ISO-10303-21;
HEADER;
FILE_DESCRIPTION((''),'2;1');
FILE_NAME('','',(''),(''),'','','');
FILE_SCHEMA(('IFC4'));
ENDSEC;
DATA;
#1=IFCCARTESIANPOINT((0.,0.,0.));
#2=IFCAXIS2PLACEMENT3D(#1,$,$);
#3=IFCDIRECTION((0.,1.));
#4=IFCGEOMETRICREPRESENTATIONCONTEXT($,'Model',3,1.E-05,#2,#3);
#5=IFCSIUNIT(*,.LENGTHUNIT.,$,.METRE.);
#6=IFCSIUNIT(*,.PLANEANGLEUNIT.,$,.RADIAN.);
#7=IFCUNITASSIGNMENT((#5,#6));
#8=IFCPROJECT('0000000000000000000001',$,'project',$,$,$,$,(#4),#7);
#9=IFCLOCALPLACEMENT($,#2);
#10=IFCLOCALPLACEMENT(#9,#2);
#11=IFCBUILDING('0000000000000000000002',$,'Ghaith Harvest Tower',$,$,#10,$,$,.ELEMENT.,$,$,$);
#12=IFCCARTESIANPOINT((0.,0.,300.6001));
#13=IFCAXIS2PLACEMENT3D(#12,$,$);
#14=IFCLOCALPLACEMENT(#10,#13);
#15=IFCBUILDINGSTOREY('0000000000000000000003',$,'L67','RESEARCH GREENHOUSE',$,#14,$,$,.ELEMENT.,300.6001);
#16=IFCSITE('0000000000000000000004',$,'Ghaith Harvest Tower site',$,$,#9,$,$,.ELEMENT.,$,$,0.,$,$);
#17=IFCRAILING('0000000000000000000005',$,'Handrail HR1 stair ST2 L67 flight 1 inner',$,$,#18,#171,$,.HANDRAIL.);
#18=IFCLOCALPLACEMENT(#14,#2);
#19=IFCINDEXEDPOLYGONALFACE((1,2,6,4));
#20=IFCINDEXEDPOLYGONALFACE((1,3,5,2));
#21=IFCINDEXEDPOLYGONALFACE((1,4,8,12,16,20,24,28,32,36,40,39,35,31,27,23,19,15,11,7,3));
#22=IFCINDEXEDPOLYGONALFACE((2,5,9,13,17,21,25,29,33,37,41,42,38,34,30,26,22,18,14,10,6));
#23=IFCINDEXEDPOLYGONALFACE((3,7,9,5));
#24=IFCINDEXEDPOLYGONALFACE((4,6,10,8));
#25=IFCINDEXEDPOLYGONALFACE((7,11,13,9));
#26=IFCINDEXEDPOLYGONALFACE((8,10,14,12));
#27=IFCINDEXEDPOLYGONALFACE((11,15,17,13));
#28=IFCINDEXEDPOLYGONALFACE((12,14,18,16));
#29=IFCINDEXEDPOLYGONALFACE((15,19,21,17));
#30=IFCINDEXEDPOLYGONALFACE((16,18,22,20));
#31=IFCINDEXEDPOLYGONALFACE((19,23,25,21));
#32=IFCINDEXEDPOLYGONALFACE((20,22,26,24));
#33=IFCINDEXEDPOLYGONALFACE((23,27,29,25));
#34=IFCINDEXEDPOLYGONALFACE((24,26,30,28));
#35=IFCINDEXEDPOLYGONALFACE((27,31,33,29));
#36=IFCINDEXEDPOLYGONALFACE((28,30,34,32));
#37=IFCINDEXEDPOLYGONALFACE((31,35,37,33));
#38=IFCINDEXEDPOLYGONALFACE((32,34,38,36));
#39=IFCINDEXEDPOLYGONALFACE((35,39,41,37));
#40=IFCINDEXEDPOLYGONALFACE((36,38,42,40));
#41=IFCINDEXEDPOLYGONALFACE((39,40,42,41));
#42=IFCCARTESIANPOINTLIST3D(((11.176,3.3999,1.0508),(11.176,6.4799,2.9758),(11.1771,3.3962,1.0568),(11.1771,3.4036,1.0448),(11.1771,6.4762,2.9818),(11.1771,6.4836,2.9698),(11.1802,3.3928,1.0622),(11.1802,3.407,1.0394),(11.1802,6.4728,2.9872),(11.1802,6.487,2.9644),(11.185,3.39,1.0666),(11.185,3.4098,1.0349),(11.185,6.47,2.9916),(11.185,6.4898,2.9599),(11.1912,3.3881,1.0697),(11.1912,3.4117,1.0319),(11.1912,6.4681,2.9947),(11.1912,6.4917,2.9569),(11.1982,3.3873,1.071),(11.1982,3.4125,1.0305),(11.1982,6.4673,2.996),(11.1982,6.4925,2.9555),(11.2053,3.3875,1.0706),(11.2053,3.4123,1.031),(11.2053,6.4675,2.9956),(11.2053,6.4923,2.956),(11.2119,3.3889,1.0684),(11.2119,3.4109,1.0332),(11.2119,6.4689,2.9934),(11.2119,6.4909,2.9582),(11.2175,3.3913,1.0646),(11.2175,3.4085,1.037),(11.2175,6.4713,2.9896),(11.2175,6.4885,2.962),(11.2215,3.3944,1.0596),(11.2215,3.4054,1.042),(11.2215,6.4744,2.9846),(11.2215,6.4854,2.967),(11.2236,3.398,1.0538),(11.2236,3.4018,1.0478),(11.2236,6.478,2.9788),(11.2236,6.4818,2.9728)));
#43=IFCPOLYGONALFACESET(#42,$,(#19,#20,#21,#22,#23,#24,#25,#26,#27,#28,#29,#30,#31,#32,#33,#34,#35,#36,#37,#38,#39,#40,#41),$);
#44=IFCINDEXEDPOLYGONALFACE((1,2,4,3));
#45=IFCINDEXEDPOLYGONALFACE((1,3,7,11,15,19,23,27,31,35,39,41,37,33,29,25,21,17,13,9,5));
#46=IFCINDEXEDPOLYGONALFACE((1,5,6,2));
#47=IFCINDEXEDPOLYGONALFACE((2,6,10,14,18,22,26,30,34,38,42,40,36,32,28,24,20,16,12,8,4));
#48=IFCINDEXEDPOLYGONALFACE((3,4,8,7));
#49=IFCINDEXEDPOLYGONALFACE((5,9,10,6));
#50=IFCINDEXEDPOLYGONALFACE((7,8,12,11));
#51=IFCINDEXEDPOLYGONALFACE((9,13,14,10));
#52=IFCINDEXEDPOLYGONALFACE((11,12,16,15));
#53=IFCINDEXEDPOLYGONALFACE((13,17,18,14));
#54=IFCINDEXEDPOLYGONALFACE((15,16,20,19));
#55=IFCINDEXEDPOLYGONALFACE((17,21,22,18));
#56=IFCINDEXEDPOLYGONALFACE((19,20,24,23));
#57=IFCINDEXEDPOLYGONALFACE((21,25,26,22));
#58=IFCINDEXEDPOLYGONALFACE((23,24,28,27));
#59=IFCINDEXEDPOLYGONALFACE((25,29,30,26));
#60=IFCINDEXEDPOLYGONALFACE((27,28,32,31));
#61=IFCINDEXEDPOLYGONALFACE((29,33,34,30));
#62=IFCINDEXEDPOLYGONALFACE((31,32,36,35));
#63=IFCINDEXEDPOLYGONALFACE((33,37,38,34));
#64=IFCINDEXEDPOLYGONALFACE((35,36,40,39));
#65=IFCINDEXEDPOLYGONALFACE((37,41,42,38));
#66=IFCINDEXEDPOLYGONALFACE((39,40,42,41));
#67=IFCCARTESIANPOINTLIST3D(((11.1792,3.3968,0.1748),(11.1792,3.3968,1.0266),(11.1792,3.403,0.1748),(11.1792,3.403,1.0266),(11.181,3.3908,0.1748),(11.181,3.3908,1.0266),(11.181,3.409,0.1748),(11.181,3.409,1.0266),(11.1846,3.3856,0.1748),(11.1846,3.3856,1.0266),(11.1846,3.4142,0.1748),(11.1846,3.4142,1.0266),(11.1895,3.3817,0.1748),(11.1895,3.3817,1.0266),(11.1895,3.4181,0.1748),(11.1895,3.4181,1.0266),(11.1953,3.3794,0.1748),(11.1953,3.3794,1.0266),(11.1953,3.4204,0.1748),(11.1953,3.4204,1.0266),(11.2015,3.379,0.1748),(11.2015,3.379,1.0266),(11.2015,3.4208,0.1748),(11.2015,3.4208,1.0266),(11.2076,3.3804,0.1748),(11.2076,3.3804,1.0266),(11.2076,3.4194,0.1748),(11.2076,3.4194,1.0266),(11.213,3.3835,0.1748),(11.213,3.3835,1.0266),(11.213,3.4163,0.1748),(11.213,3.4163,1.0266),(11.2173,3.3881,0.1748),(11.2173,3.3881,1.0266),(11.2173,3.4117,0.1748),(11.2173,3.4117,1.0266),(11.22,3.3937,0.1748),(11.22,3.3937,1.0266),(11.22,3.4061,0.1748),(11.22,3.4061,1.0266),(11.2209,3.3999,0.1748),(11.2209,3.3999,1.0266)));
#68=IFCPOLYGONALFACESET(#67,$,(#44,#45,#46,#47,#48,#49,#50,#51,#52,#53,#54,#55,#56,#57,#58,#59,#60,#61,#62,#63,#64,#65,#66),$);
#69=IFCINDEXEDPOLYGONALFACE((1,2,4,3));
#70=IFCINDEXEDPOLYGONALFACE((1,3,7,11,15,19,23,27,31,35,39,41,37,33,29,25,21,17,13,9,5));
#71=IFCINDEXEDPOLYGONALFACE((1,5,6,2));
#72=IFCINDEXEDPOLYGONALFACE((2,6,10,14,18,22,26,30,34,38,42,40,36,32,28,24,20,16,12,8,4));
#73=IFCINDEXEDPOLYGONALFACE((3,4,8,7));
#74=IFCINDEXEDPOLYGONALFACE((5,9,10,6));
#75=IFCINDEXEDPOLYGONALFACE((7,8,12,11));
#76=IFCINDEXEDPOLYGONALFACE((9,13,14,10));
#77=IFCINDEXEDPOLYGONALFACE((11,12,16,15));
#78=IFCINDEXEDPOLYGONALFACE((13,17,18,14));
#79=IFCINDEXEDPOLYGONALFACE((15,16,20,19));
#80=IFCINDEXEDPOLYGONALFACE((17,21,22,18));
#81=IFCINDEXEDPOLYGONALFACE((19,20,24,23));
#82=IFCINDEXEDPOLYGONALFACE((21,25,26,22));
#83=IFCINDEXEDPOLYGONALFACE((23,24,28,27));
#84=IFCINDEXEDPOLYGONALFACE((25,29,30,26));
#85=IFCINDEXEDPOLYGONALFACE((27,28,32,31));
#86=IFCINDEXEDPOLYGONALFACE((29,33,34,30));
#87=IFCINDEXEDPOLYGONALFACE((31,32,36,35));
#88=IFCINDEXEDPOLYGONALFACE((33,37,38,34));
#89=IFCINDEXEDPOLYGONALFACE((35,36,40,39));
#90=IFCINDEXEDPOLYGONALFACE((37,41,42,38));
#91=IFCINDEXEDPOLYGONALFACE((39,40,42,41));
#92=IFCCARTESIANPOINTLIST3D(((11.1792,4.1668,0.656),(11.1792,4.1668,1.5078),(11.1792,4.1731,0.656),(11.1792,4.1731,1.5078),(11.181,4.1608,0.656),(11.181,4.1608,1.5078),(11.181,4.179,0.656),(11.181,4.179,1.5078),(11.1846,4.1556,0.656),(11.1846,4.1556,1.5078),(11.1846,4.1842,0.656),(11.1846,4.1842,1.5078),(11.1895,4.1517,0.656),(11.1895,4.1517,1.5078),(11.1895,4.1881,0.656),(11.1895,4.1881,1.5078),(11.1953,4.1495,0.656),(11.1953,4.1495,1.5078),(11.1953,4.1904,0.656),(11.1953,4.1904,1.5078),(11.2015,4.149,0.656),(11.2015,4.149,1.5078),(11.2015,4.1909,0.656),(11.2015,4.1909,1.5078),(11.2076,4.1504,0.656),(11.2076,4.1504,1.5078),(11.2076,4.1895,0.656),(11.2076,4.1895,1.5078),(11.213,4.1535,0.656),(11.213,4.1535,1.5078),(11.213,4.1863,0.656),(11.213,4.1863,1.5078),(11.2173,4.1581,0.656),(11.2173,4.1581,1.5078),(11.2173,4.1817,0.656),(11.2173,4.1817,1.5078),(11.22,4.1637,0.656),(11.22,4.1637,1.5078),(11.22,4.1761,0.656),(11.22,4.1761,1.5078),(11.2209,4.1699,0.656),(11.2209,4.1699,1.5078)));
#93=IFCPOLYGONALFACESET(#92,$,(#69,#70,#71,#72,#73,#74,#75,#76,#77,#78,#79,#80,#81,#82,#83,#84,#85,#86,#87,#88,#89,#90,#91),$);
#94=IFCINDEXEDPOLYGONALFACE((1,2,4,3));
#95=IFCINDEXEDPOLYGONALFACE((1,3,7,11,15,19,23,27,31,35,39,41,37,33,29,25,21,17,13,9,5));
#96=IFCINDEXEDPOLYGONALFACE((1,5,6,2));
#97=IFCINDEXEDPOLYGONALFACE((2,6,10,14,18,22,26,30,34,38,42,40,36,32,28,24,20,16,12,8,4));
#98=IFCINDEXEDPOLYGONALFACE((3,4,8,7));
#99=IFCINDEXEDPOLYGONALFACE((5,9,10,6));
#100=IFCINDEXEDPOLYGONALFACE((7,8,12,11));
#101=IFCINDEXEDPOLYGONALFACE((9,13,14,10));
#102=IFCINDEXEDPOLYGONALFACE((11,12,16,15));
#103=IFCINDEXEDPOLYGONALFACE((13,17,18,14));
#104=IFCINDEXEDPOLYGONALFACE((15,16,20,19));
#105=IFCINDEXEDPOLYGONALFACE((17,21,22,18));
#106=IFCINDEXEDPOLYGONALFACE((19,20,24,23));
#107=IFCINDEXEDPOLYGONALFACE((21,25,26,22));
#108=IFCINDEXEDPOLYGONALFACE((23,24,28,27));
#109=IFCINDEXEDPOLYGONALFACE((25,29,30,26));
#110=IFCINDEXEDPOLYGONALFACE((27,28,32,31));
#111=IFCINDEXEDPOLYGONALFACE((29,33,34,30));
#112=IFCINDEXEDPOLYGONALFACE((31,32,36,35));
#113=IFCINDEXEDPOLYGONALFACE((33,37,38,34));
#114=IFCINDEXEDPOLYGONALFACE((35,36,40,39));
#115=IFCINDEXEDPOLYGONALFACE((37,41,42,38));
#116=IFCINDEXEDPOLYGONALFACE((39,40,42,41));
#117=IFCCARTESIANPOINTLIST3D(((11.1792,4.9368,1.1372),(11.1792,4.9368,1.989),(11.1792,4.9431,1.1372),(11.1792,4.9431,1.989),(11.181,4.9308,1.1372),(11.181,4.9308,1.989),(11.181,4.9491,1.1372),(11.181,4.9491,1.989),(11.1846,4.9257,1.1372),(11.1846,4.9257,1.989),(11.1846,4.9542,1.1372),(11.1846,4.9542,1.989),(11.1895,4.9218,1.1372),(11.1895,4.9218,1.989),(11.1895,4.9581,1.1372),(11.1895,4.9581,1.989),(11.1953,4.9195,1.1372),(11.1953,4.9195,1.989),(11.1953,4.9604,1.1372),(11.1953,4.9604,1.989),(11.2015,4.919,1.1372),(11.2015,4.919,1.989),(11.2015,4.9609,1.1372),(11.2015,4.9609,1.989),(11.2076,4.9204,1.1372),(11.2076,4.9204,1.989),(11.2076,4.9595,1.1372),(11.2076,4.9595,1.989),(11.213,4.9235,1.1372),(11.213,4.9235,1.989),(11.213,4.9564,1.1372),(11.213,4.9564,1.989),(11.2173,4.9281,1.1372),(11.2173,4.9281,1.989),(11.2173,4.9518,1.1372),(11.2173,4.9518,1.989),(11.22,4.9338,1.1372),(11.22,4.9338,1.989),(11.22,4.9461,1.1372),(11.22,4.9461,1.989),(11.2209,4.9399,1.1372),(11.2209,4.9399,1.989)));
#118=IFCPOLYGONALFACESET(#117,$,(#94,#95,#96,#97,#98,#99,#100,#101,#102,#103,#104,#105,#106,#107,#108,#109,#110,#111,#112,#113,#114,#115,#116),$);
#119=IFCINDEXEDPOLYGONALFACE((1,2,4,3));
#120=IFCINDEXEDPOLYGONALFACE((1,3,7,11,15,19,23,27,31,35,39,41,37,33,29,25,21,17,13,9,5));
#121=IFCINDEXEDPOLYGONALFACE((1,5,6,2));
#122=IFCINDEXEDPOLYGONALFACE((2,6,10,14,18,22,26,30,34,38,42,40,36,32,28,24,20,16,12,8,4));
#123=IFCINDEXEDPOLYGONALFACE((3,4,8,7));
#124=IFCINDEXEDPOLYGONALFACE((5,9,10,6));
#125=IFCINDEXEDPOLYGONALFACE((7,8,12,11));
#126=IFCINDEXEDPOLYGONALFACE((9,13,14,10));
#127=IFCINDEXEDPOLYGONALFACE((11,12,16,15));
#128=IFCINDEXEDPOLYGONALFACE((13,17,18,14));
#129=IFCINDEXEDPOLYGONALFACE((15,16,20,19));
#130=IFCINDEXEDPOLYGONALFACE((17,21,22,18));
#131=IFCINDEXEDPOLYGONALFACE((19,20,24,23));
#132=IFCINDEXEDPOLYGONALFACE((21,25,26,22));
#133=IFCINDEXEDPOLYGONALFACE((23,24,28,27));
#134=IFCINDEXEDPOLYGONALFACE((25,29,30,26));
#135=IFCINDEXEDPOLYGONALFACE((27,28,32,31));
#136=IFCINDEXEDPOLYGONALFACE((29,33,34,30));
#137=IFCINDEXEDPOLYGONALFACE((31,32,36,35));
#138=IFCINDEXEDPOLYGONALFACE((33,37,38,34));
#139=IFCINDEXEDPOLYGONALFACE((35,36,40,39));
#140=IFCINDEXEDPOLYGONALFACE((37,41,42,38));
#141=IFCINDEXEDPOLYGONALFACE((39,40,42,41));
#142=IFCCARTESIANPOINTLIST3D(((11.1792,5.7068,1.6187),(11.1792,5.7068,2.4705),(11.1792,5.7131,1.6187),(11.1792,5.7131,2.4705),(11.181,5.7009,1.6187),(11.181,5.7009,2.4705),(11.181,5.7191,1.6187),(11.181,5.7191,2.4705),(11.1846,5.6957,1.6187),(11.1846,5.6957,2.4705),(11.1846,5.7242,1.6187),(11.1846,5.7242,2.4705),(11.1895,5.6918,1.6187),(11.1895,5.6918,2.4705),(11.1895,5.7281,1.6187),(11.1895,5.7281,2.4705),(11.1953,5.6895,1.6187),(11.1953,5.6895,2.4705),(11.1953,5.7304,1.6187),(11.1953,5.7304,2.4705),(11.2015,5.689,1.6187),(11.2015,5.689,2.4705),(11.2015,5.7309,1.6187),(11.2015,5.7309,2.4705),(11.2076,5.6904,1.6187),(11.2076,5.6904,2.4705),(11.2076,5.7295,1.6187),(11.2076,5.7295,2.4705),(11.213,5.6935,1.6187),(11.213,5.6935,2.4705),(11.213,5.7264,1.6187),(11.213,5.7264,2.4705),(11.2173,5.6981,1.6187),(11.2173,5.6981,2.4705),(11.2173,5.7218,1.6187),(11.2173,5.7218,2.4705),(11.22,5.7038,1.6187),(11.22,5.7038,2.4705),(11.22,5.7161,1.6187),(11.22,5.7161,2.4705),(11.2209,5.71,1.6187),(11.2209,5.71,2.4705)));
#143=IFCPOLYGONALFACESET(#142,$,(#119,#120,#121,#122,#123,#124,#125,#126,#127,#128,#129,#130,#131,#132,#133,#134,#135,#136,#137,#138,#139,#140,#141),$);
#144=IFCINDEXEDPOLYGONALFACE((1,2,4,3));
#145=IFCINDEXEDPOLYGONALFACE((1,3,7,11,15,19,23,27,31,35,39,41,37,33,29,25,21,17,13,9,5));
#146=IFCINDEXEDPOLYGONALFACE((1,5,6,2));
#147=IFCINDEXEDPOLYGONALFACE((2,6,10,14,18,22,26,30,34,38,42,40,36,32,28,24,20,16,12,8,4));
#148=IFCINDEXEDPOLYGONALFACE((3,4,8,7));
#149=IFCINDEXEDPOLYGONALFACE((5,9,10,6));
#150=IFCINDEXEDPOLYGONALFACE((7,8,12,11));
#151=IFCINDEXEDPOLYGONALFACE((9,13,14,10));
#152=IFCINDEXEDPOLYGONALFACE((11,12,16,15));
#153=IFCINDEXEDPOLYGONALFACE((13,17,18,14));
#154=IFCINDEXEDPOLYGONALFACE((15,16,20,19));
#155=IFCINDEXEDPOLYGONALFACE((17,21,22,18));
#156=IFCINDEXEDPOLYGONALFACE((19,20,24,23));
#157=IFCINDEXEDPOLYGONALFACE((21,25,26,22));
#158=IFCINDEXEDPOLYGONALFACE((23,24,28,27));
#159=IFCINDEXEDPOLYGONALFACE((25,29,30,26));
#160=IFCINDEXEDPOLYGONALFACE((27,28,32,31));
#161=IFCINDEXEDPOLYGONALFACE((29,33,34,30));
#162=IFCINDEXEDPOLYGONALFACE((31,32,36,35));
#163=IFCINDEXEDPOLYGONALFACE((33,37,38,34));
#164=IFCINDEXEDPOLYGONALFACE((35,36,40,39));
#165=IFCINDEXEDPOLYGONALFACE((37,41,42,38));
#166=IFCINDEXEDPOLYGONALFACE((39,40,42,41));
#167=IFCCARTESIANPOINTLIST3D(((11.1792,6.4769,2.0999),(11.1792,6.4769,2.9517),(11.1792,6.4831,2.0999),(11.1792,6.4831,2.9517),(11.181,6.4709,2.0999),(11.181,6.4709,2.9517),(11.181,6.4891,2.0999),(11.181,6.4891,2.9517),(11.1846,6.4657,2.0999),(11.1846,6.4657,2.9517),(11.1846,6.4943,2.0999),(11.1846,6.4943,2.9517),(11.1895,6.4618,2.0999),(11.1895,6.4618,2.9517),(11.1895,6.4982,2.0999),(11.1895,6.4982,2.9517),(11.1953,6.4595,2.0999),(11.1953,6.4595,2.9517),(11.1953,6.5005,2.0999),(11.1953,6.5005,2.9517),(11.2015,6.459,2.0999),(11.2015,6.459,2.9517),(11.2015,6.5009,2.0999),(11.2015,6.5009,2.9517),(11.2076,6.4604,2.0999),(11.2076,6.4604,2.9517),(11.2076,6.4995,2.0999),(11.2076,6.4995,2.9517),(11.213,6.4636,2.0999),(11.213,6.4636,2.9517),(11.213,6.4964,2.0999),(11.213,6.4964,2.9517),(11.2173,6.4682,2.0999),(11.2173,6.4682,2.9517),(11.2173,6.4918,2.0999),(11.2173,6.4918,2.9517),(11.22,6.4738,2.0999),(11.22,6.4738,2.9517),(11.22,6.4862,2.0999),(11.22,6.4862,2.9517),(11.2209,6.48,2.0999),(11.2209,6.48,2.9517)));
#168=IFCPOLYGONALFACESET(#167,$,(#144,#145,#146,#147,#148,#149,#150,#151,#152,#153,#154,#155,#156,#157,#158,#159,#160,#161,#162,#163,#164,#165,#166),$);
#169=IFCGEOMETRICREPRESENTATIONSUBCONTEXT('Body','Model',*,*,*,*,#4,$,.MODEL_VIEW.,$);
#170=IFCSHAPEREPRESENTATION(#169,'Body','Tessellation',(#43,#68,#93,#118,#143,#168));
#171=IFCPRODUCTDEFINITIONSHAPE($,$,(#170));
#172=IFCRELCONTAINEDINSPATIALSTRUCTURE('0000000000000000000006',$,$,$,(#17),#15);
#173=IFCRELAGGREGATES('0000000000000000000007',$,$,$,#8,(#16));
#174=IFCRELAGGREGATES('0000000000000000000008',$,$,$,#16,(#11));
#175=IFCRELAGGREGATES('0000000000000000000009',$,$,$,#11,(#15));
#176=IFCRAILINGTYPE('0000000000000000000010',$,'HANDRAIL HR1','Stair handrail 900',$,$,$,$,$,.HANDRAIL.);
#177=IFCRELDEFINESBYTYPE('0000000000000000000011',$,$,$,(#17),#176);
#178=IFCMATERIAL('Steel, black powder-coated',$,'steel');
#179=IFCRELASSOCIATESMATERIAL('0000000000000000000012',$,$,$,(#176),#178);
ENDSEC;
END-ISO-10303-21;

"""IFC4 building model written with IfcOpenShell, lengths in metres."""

from ifc_helpers import new_model, si_unit, direction, frame, origin, origin_2d, place, context, subcontext, project, spatial, circle, extrude, material, type_object, element, save


model = new_model("IFC4")

# Units and contexts
model_context = context("Model", 3, precision=1e-05, world=origin(), true_north=direction((0.0, 1.0)))
body_context = subcontext(model_context, "Body", "Model", "MODEL_VIEW")
ifc_project = project(units=[si_unit("LENGTHUNIT", "METRE"), si_unit("PLANEANGLEUNIT", "RADIAN")], contexts=[model_context])

# Site, building, storey
site_placement = place(None, origin())
site = spatial("IfcSite", under=ifc_project, at=site_placement, Name="Ghaith Harvest Tower site", CompositionType="ELEMENT", RefElevation=0.0)
building_placement = place(site_placement, origin())
building = spatial("IfcBuilding", under=site, at=building_placement, Name="Ghaith Harvest Tower", CompositionType="ELEMENT")
storey_placement = place(building_placement, frame((0.0, 0.0, 300.6001)))
storey = spatial("IfcBuildingStorey", under=building, at=storey_placement, Name="L67", Description="RESEARCH GREENHOUSE", CompositionType="ELEMENT", Elevation=300.6001)

# Railing
ifc_material_1 = material(Name="Steel, black powder-coated", Category="steel")
railing_type = type_object("IfcRailingType", Name="HANDRAIL HR1", Description="Stair handrail 900", PredefinedType="HANDRAIL", material=ifc_material_1)
railing_1_placement = place(storey_placement, frame((11.2, 3.3999, 0.1748)))
element("IfcRailing", 1, at=railing_1_placement, inside=storey, type_object=railing_type, Name="Handrail HR1 stair ST2 L67 flight 1 inner", PredefinedType="HANDRAIL", context=body_context, shape_type="SweptSolid", body=[
    extrude(circle(Radius=0.0239, at=origin_2d()), frame((0.0, 0.0, 0.876), z_axis=(0.0, 0.847998, 0.529999), x_axis=(-1.0, 0.0, 0.0)), (0.0, 0.0, 1.0), 3.6321),
    extrude(circle(Radius=0.021, at=origin_2d()), origin(), (0.0, 0.0, 1.0), 0.8518),
    extrude(circle(Radius=0.021, at=origin_2d()), frame((0.0, 0.77, 0.4812)), (0.0, 0.0, 1.0), 0.8518),
    extrude(circle(Radius=0.021, at=origin_2d()), frame((0.0, 1.54, 0.9624)), (0.0, 0.0, 1.0), 0.8518),
    extrude(circle(Radius=0.021, at=origin_2d()), frame((0.0, 2.3101, 1.4438)), (0.0, 0.0, 1.0), 0.8518),
    extrude(circle(Radius=0.021, at=origin_2d()), frame((0.0, 3.0801, 1.925)), (0.0, 0.0, 1.0), 0.8518),
])

save(model, "model.ifc")
